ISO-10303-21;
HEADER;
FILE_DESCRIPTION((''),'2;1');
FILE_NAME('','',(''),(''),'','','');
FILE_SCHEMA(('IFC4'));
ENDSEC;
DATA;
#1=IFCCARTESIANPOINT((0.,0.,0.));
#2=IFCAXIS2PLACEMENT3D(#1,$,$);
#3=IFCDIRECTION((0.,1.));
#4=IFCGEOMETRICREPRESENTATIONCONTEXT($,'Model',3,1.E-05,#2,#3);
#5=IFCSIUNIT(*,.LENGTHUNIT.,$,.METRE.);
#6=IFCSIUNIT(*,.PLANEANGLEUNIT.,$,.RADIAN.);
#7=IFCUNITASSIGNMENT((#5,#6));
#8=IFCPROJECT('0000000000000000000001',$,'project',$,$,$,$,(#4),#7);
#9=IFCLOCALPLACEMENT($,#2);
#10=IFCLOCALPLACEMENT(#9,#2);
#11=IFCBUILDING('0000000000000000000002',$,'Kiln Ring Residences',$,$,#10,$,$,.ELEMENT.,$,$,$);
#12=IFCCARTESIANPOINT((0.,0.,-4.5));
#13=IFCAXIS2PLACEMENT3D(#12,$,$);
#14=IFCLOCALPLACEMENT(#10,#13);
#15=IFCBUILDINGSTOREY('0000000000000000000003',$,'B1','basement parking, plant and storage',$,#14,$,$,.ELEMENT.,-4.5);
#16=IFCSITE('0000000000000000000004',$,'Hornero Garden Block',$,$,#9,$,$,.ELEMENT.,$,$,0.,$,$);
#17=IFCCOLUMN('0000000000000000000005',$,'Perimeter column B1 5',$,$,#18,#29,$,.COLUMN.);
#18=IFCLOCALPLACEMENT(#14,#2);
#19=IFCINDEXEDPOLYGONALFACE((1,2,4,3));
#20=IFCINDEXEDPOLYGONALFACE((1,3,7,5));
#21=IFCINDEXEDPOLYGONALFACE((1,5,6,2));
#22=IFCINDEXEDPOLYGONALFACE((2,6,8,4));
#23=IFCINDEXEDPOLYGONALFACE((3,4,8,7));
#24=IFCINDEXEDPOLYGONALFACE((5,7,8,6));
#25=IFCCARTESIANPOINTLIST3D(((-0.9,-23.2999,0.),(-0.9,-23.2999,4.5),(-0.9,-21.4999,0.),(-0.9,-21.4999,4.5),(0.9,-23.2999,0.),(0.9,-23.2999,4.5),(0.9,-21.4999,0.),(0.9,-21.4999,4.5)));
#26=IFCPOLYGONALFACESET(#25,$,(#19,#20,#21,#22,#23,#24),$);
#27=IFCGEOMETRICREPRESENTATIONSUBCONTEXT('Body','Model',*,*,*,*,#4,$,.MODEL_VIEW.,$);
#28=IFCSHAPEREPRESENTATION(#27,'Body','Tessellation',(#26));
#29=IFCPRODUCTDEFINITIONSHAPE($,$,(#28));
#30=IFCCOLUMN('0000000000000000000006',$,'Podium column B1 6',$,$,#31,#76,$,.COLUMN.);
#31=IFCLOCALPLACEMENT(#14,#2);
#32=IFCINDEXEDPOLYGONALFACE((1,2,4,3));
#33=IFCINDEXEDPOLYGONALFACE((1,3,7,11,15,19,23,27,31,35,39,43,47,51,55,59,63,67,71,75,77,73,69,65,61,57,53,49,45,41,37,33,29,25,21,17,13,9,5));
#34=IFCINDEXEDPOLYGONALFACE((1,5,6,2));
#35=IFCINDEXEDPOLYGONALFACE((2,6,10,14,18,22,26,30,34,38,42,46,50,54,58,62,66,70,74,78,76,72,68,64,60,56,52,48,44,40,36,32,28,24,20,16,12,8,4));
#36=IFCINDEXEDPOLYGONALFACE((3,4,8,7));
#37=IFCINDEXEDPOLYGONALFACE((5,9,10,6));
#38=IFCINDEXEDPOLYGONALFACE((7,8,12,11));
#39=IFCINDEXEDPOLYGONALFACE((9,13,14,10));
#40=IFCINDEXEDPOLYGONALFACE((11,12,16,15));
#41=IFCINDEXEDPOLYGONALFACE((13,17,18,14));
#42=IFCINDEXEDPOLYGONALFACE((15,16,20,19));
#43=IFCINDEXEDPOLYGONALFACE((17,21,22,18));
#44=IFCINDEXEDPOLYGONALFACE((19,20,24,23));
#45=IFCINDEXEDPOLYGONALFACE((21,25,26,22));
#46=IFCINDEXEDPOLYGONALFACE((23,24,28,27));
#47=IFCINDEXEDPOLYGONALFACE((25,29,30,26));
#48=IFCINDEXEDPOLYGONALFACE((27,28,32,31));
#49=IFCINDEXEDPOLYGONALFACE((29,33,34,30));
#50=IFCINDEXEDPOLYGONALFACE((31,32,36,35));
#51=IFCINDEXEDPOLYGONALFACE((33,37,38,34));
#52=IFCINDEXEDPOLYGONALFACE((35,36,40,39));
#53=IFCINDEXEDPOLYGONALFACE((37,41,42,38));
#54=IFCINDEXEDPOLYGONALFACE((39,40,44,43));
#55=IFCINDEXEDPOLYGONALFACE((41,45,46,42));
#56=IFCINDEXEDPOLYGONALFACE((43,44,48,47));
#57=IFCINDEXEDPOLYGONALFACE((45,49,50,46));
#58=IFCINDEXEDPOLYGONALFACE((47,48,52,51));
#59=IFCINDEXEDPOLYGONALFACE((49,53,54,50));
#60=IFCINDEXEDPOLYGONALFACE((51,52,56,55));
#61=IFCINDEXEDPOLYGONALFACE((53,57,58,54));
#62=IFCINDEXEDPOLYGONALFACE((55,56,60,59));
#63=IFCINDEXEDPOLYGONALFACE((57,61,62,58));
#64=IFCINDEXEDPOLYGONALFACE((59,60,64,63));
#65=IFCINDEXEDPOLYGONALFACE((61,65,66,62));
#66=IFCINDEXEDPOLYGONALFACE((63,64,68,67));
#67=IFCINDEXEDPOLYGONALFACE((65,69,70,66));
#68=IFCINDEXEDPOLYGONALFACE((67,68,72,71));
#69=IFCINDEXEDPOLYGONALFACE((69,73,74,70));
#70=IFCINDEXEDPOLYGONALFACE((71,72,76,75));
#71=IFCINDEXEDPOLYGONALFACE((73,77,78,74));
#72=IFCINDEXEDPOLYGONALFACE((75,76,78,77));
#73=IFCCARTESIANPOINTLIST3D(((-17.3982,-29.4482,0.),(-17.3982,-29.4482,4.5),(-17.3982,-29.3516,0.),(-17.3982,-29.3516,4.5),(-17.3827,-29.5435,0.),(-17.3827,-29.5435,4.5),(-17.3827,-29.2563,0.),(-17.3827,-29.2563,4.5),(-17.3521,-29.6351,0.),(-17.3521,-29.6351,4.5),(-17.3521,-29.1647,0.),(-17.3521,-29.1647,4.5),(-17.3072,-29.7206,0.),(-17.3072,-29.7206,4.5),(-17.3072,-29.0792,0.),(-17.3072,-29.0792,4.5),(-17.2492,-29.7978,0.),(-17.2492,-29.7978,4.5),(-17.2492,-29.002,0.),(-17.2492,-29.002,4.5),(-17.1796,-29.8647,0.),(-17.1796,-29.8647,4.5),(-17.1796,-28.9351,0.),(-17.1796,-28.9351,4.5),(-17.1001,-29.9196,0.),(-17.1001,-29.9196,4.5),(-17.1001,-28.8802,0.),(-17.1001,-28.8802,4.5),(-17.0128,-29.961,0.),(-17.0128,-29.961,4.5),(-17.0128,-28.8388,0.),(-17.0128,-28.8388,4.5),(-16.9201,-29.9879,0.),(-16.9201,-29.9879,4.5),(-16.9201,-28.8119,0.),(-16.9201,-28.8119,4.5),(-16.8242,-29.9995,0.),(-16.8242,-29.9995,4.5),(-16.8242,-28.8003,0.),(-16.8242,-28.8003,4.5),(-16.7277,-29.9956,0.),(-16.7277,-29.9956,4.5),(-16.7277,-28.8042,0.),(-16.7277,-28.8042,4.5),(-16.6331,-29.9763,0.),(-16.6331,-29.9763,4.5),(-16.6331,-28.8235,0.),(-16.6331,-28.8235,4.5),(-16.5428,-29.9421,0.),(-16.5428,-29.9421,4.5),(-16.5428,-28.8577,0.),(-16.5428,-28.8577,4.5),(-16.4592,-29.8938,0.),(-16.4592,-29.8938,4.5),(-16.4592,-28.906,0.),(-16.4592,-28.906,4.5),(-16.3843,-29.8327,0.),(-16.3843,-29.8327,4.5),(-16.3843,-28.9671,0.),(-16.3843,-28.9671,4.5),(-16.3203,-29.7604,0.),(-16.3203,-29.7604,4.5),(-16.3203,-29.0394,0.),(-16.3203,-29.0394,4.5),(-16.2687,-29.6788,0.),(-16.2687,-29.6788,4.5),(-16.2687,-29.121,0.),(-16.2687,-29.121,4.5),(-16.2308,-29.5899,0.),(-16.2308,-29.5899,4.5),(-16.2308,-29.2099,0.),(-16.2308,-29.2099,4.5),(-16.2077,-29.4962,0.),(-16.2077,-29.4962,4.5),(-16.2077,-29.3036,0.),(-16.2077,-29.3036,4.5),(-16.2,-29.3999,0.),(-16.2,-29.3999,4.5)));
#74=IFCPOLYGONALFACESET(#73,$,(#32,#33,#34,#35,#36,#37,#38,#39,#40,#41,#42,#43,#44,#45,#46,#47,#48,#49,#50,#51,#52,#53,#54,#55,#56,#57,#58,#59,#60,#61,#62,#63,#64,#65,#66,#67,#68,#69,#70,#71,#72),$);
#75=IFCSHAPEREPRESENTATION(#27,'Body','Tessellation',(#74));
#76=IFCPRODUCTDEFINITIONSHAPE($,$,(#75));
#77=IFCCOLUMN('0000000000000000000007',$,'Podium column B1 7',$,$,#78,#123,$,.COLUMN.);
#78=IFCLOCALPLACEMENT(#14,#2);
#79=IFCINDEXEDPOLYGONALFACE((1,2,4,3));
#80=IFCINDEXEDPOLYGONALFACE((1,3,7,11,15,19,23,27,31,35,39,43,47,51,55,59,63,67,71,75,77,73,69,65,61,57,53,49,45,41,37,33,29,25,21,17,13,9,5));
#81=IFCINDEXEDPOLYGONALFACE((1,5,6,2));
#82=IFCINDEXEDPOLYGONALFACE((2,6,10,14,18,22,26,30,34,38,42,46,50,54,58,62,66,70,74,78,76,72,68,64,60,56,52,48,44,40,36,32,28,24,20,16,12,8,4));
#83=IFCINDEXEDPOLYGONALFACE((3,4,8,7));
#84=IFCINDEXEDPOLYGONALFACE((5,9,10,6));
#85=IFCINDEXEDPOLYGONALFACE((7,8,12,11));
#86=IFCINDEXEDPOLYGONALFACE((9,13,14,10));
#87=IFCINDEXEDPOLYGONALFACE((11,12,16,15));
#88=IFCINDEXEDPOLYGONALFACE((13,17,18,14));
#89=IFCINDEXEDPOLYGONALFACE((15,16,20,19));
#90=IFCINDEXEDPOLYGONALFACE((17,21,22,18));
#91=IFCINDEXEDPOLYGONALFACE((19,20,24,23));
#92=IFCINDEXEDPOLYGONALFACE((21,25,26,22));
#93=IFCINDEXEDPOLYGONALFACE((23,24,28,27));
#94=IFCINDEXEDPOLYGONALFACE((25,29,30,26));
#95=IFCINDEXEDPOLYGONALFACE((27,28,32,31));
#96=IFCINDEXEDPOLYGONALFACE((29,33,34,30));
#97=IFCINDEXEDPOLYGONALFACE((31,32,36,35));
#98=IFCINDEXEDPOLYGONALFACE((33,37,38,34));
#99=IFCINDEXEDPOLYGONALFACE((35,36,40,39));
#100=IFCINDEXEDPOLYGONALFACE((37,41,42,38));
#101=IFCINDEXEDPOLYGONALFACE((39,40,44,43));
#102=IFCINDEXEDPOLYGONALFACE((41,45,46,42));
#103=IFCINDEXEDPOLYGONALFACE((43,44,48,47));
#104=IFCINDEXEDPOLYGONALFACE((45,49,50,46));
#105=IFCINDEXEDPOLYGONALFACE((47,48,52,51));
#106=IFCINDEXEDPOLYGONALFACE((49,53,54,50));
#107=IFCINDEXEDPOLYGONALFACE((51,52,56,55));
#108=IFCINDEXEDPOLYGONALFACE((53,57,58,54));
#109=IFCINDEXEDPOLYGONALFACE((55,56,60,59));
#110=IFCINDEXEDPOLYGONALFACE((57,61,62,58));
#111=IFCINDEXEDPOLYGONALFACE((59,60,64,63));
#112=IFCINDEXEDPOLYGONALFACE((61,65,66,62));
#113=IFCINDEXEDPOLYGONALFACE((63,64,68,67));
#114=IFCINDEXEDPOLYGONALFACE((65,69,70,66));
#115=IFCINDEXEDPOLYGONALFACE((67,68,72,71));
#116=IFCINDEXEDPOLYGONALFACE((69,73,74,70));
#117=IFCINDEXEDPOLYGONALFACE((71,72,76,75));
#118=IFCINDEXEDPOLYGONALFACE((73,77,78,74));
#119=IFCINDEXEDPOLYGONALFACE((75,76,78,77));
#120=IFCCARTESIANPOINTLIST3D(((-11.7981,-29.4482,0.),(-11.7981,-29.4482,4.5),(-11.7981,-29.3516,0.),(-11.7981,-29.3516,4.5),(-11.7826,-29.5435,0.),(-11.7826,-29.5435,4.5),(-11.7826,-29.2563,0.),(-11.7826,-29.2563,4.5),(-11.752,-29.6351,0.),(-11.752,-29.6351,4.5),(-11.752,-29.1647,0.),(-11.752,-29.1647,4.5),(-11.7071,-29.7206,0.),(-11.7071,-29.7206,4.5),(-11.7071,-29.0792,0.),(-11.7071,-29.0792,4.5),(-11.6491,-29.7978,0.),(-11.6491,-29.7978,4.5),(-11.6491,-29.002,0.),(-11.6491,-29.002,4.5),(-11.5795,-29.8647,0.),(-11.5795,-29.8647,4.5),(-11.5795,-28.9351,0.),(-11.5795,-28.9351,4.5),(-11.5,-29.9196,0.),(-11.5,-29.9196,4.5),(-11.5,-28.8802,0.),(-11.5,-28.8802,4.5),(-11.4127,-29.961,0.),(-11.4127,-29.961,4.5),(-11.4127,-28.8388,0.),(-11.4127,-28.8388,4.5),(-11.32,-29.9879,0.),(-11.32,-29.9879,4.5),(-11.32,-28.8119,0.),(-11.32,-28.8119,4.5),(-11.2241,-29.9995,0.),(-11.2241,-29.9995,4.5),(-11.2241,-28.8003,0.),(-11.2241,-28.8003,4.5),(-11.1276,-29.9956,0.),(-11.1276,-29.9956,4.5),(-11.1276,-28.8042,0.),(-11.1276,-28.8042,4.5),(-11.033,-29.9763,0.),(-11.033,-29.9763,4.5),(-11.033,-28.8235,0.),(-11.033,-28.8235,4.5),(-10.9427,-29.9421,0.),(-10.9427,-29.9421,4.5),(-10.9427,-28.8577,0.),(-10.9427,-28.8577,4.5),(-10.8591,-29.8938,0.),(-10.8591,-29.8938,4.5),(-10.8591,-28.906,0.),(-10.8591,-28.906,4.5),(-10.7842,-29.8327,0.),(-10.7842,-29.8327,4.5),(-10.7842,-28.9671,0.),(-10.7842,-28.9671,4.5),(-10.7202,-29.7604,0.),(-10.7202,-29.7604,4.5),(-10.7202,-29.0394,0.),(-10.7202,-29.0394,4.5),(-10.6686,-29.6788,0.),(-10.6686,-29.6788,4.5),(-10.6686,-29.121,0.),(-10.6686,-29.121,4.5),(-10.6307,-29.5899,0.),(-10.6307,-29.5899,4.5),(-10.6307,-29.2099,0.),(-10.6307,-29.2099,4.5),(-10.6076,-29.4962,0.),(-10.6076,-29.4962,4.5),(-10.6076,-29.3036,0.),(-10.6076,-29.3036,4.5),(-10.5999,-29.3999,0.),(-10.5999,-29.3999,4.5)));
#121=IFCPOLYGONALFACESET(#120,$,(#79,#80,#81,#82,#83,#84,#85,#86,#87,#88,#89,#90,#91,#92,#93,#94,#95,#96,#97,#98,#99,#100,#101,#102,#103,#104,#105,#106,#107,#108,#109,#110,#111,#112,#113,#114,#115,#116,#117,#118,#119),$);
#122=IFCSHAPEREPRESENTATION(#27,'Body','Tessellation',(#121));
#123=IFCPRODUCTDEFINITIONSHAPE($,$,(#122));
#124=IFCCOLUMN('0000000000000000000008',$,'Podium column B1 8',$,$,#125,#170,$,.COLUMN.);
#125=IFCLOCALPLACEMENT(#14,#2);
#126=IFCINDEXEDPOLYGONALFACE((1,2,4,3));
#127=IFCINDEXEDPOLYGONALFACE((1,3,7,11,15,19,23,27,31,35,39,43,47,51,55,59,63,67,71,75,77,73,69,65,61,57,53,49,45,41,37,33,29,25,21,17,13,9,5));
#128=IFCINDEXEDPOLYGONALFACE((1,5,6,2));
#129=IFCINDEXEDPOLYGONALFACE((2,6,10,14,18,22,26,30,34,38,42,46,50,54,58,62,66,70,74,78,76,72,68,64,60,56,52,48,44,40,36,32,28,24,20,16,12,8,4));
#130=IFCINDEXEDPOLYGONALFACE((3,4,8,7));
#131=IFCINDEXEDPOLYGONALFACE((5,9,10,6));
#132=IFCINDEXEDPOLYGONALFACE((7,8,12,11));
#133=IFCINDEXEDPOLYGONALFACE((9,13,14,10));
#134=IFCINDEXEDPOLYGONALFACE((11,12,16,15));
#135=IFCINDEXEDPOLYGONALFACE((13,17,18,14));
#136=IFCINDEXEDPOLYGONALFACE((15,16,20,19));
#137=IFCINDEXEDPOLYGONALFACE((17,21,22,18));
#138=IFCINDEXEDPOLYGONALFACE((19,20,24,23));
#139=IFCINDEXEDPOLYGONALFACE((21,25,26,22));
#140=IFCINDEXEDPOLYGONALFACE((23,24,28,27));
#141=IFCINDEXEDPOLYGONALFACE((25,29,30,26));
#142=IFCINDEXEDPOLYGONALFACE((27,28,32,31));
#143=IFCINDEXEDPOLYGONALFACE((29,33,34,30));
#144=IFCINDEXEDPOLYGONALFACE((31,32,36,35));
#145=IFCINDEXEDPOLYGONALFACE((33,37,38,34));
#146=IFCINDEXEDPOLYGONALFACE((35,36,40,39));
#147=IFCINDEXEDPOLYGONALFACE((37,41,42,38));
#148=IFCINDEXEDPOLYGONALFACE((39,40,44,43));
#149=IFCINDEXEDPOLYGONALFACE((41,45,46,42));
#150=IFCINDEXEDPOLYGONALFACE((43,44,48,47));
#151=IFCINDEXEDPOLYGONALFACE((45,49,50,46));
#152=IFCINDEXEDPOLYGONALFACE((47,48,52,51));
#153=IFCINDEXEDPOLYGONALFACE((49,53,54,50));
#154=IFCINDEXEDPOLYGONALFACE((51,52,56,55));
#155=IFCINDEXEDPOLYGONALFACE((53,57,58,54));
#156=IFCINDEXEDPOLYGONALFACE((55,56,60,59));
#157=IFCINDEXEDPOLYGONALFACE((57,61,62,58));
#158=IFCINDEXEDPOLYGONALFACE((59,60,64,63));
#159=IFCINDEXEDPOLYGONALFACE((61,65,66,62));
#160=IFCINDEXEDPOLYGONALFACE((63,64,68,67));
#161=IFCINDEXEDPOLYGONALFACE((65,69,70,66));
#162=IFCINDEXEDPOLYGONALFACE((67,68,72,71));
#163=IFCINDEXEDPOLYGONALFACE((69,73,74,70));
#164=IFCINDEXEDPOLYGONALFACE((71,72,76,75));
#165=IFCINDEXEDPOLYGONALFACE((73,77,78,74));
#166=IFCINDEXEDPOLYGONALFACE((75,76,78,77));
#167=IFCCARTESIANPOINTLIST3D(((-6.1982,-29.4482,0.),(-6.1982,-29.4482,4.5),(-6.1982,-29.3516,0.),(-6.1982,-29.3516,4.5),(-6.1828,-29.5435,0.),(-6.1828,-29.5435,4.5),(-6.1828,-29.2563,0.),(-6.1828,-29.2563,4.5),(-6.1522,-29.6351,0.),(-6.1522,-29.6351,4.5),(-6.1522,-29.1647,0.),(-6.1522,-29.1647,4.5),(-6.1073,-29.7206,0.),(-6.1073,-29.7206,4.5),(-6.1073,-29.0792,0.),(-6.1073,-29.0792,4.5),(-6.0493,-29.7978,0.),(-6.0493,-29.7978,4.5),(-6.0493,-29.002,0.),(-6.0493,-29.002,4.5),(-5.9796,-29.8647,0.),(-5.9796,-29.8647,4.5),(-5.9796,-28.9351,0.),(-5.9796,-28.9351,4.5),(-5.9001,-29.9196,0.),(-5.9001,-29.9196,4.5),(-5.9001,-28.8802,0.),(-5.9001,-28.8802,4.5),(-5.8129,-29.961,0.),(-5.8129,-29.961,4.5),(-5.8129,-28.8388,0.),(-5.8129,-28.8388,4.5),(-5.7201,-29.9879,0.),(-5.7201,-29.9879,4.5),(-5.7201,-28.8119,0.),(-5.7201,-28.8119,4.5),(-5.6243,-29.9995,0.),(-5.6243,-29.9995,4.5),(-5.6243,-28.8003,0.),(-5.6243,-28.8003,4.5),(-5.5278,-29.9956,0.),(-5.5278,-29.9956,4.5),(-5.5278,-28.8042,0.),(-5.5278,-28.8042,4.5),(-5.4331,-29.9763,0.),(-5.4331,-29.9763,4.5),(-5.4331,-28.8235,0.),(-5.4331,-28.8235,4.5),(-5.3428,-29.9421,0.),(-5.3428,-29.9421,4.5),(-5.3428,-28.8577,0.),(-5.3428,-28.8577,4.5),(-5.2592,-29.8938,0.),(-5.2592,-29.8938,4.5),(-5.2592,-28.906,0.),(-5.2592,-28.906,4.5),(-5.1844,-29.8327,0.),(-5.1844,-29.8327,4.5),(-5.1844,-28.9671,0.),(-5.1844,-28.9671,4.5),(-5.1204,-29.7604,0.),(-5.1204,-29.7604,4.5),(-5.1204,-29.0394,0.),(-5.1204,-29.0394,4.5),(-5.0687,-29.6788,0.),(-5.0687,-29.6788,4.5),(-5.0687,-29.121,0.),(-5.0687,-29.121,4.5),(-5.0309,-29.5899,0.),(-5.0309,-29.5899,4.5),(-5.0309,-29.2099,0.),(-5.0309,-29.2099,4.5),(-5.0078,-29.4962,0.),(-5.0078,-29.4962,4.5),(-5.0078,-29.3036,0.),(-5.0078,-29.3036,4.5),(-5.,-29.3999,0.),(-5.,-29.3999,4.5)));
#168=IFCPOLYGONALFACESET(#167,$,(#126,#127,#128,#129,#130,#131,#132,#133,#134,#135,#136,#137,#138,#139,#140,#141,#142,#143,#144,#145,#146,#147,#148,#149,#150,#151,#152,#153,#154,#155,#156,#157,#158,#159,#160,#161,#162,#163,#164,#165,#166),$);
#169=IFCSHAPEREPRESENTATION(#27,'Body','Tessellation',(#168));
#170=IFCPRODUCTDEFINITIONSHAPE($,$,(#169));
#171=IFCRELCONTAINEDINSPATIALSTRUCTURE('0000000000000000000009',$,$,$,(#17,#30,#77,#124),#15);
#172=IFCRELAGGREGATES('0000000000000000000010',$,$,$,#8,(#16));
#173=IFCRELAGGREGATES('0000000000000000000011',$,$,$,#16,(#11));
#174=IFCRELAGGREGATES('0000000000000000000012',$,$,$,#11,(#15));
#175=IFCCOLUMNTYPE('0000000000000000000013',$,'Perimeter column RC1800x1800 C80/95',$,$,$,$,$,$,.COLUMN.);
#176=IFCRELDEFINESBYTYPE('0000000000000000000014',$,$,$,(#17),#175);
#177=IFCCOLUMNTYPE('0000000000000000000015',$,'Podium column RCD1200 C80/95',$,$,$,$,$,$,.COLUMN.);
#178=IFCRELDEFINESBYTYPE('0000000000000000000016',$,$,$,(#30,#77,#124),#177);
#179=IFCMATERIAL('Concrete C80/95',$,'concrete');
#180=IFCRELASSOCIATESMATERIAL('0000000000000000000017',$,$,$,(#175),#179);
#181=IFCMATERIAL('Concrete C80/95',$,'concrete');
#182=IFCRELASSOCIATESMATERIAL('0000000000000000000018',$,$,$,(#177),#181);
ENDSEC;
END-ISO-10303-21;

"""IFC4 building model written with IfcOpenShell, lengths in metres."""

from ifc_helpers import new_model, si_unit, direction, frame, origin, origin_2d, place, context, subcontext, project, spatial, rectangle, circle, extrude, material, material_profile, profile_set, type_object, element, save


model = new_model("IFC4")

# Units and contexts
model_context = context("Model", 3, precision=1e-05, world=origin(), true_north=direction((0.0, 1.0)))
body_context = subcontext(model_context, "Body", "Model", "MODEL_VIEW")
ifc_project = project(units=[si_unit("LENGTHUNIT", "METRE"), si_unit("PLANEANGLEUNIT", "RADIAN")], contexts=[model_context])

# Site, building, storey
site_placement = place(None, origin())
site = spatial("IfcSite", under=ifc_project, at=site_placement, Name="Hornero Garden Block", CompositionType="ELEMENT", RefElevation=0.0)
building_placement = place(site_placement, origin())
building = spatial("IfcBuilding", under=site, at=building_placement, Name="Kiln Ring Residences", CompositionType="ELEMENT")
storey_placement = place(building_placement, frame((0.0, 0.0, -4.5)))
storey = spatial("IfcBuildingStorey", under=building, at=storey_placement, Name="B1", Description="basement parking, plant and storage", CompositionType="ELEMENT", Elevation=-4.5)

# Columns
ifc_material_1 = material(Name="Concrete C80/95", Category="concrete")
ifc_material_profile_1 = material_profile(ifc_material_1, rectangle(XDim=1.8, YDim=1.8, at=origin_2d()), Name="RC1800x1800")
ifc_profile_set_1 = profile_set([ifc_material_profile_1], Name="Concrete C80/95")
column_type_1 = type_object("IfcColumnType", Name="Perimeter column RC1800x1800 C80/95", PredefinedType="COLUMN", material=ifc_profile_set_1)
for number, where, z_axis, x_axis, name in (
    (1, (0.0, -22.3999, 0.0), (0.0, 0.0, 1.0), (1.0, 0.0, 0.0), "Perimeter column B1 5"),
):
    element("IfcColumn", number, at=place(storey_placement, frame(where, z_axis=z_axis, x_axis=x_axis)), inside=storey, type_object=column_type_1, Name=name, PredefinedType="COLUMN", context=body_context, shape_type="SweptSolid", body=[
        extrude(rectangle(XDim=1.8, YDim=1.8, at=origin_2d()), origin(), (0.0, 0.0, 1.0), 4.5),
    ])
ifc_material_2 = material(Name="Concrete C80/95", Category="concrete")
ifc_material_profile_2 = material_profile(ifc_material_2, circle(Radius=0.6001, at=origin_2d()), Name="RCD1200")
ifc_profile_set_2 = profile_set([ifc_material_profile_2], Name="Concrete C80/95")
column_type_2 = type_object("IfcColumnType", Name="Podium column RCD1200 C80/95", PredefinedType="COLUMN", material=ifc_profile_set_2)
for number, where, z_axis, x_axis, name in (
    (2, (-16.8, -29.3999, 0.0), (0.0, 0.0, 1.0), (1.0, 0.0, 0.0), "Podium column B1 6"),
    (3, (-11.2, -29.3999, 0.0), (0.0, 0.0, 1.0), (1.0, 0.0, 0.0), "Podium column B1 7"),
    (4, (-5.6001, -29.3999, 0.0), (0.0, 0.0, 1.0), (1.0, 0.0, 0.0), "Podium column B1 8"),
):
    element("IfcColumn", number, at=place(storey_placement, frame(where, z_axis=z_axis, x_axis=x_axis)), inside=storey, type_object=column_type_2, Name=name, PredefinedType="COLUMN", context=body_context, shape_type="SweptSolid", body=[
        extrude(circle(Radius=0.6001, at=origin_2d()), origin(), (0.0, 0.0, 1.0), 4.5),
    ])

save(model, "model.ifc")
